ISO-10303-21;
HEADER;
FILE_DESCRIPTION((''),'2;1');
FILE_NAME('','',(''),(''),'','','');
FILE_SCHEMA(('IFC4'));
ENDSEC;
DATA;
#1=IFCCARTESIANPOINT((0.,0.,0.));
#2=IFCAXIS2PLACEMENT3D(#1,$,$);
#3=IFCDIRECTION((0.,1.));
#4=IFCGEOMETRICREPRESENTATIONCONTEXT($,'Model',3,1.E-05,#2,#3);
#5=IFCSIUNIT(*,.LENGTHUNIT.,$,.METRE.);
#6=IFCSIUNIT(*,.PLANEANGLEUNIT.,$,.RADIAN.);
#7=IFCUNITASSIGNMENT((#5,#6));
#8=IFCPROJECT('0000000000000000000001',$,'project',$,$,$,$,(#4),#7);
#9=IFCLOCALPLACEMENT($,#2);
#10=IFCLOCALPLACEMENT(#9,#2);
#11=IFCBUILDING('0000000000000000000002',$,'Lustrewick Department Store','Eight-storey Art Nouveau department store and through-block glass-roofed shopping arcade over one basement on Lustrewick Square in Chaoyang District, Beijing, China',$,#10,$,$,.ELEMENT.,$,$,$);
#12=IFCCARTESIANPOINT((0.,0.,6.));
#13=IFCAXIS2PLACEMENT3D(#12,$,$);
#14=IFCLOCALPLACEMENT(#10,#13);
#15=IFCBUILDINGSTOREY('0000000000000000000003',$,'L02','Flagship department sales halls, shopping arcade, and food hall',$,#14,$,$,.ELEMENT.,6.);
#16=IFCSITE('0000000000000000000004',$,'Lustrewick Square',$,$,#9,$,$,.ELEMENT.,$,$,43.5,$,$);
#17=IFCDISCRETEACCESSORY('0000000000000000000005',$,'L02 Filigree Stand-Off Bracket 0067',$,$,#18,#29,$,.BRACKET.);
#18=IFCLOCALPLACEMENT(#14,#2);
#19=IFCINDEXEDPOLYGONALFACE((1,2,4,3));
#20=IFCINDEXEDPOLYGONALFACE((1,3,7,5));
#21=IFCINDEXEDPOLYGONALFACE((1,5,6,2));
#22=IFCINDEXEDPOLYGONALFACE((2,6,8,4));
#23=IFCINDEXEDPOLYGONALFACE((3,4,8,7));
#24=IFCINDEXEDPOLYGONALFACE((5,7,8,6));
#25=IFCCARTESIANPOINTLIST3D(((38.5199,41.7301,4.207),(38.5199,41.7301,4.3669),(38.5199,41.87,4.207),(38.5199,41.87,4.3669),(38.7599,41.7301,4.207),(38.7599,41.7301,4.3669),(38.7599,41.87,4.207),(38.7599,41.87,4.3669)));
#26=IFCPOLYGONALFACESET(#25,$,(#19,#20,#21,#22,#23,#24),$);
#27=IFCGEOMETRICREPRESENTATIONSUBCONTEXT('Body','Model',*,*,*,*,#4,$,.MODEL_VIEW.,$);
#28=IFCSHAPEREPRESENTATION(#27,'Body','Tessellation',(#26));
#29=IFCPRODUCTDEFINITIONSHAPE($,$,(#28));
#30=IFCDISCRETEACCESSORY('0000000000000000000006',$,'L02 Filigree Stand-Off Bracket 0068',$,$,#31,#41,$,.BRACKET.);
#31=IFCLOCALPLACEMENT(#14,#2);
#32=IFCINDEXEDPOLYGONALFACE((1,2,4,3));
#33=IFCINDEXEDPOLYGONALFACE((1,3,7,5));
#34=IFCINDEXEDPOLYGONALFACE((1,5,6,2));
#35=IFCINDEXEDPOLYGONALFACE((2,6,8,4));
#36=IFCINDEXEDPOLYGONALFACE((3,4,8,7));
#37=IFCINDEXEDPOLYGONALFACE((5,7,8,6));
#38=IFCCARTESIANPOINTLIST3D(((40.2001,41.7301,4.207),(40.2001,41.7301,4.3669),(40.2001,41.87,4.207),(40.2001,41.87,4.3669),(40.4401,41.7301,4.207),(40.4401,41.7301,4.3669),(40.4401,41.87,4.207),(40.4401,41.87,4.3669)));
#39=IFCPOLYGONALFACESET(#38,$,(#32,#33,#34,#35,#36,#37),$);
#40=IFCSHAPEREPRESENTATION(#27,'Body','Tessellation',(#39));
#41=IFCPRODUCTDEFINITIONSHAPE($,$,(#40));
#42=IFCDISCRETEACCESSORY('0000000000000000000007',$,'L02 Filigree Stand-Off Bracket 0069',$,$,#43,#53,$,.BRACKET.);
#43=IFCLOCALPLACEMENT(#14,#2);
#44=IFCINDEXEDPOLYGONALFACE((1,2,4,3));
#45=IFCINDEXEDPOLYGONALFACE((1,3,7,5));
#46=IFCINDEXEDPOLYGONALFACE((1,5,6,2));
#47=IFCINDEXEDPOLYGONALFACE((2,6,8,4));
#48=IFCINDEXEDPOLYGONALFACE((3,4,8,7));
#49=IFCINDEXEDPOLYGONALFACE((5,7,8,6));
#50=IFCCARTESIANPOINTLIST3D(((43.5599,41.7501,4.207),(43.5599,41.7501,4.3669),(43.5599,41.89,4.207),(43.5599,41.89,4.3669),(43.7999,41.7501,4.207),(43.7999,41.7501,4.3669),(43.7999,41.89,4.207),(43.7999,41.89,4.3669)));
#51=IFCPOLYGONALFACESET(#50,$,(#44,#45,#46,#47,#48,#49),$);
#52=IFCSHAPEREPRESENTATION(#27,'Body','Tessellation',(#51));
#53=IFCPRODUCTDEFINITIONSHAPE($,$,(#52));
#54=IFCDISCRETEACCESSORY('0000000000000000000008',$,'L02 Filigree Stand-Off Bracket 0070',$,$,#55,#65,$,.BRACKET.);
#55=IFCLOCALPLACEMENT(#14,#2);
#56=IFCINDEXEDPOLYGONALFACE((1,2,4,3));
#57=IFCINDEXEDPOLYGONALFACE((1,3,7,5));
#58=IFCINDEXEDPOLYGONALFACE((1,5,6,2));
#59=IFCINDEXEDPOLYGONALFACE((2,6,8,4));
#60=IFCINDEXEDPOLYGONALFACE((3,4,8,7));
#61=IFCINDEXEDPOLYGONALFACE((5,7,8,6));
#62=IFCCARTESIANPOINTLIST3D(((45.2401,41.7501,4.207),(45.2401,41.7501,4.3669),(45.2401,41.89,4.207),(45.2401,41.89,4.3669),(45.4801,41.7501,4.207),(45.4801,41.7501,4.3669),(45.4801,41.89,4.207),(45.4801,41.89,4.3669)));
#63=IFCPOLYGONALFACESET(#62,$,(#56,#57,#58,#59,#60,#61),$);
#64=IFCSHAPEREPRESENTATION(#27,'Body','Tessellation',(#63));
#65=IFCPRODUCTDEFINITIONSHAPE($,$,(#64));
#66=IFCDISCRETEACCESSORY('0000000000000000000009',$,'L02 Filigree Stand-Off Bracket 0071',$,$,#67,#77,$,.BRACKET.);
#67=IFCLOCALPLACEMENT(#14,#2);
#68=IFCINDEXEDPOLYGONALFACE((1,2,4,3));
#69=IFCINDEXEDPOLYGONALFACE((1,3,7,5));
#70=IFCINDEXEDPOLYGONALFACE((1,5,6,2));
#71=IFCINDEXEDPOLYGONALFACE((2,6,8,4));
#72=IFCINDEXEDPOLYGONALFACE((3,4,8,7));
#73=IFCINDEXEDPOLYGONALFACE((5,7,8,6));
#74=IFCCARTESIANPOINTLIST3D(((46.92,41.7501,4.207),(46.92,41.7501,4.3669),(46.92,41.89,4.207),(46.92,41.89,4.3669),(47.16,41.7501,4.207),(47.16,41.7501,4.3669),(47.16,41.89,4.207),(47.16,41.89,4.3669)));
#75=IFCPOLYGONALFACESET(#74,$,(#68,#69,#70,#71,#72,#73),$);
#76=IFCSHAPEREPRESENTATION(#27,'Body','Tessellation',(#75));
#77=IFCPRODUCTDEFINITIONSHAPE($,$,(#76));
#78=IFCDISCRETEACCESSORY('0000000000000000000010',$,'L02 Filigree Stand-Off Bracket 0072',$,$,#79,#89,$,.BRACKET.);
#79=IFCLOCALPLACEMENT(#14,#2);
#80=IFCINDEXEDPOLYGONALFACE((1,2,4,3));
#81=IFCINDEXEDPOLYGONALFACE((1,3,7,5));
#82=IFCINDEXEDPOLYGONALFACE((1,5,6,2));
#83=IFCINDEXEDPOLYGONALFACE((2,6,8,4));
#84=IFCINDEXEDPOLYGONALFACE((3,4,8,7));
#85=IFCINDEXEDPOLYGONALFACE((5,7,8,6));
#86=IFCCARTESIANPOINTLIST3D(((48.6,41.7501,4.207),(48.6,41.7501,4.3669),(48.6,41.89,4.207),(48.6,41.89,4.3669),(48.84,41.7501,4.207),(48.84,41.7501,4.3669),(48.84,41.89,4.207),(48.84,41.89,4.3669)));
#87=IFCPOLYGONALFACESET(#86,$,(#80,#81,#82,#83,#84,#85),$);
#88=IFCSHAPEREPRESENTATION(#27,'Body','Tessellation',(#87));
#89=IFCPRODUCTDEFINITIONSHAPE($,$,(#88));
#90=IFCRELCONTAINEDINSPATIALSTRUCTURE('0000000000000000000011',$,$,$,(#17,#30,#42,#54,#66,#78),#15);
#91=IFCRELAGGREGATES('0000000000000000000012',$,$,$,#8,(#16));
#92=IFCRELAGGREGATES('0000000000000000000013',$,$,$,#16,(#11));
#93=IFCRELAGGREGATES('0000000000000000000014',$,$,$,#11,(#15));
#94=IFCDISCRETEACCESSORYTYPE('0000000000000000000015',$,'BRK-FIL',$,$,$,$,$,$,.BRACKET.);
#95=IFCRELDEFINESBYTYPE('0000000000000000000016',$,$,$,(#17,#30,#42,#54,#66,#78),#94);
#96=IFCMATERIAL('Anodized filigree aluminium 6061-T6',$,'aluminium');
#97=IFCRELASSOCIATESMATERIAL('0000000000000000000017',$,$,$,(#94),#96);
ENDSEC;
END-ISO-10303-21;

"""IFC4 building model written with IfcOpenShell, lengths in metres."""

from ifc_helpers import new_model, si_unit, direction, frame, origin, origin_2d, place, context, subcontext, project, spatial, rectangle, extrude, material, type_object, element, save


model = new_model("IFC4")

# Units and contexts
model_context = context("Model", 3, precision=1e-05, world=origin(), true_north=direction((0.0, 1.0)))
body_context = subcontext(model_context, "Body", "Model", "MODEL_VIEW")
ifc_project = project(units=[si_unit("LENGTHUNIT", "METRE"), si_unit("PLANEANGLEUNIT", "RADIAN")], contexts=[model_context])

# Site, building, storey
site_placement = place(None, origin())
site = spatial("IfcSite", under=ifc_project, at=site_placement, Name="Lustrewick Square", CompositionType="ELEMENT", RefElevation=43.5)
building_placement = place(site_placement, origin())
building = spatial("IfcBuilding", under=site, at=building_placement, Name="Lustrewick Department Store", Description="Eight-storey Art Nouveau department store and through-block glass-roofed shopping arcade over one basement on Lustrewick Square in Chaoyang District, Beijing, China", CompositionType="ELEMENT")
storey_placement = place(building_placement, frame((0.0, 0.0, 6.0)))
storey = spatial("IfcBuildingStorey", under=building, at=storey_placement, Name="L02", Description="Flagship department sales halls, shopping arcade, and food hall", CompositionType="ELEMENT", Elevation=6.0)

# Discrete accessories
ifc_material_1 = material(Name="Anodized filigree aluminium 6061-T6", Category="aluminium")
discrete_accessory_type = type_object("IfcDiscreteAccessoryType", Name="BRK-FIL", PredefinedType="BRACKET", material=ifc_material_1)
for number, where, z_axis, x_axis, name in (
    (1, (38.6399, 41.8, 4.207), (0.0, 0.0, 1.0), (1.0, 0.0, 0.0), "L02 Filigree Stand-Off Bracket 0067"),
    (2, (40.3201, 41.8, 4.207), (0.0, 0.0, 1.0), (1.0, 0.0, 0.0), "L02 Filigree Stand-Off Bracket 0068"),
    (3, (43.6799, 41.8201, 4.207), (0.0, 0.0, 1.0), (1.0, 0.0, 0.0), "L02 Filigree Stand-Off Bracket 0069"),
    (4, (45.3601, 41.8201, 4.207), (0.0, 0.0, 1.0), (1.0, 0.0, 0.0), "L02 Filigree Stand-Off Bracket 0070"),
    (5, (47.04, 41.8201, 4.207), (0.0, 0.0, 1.0), (1.0, 0.0, 0.0), "L02 Filigree Stand-Off Bracket 0071"),
    (6, (48.72, 41.8201, 4.207), (0.0, 0.0, 1.0), (1.0, 0.0, 0.0), "L02 Filigree Stand-Off Bracket 0072"),
):
    element("IfcDiscreteAccessory", number, at=place(storey_placement, frame(where, z_axis=z_axis, x_axis=x_axis)), inside=storey, type_object=discrete_accessory_type, Name=name, PredefinedType="BRACKET", context=body_context, shape_type="SweptSolid", body=[
        extrude(rectangle(XDim=0.24, YDim=0.1399, at=origin_2d()), origin(), (0.0, 0.0, 1.0), 0.1599),
    ])

save(model, "model.ifc")
